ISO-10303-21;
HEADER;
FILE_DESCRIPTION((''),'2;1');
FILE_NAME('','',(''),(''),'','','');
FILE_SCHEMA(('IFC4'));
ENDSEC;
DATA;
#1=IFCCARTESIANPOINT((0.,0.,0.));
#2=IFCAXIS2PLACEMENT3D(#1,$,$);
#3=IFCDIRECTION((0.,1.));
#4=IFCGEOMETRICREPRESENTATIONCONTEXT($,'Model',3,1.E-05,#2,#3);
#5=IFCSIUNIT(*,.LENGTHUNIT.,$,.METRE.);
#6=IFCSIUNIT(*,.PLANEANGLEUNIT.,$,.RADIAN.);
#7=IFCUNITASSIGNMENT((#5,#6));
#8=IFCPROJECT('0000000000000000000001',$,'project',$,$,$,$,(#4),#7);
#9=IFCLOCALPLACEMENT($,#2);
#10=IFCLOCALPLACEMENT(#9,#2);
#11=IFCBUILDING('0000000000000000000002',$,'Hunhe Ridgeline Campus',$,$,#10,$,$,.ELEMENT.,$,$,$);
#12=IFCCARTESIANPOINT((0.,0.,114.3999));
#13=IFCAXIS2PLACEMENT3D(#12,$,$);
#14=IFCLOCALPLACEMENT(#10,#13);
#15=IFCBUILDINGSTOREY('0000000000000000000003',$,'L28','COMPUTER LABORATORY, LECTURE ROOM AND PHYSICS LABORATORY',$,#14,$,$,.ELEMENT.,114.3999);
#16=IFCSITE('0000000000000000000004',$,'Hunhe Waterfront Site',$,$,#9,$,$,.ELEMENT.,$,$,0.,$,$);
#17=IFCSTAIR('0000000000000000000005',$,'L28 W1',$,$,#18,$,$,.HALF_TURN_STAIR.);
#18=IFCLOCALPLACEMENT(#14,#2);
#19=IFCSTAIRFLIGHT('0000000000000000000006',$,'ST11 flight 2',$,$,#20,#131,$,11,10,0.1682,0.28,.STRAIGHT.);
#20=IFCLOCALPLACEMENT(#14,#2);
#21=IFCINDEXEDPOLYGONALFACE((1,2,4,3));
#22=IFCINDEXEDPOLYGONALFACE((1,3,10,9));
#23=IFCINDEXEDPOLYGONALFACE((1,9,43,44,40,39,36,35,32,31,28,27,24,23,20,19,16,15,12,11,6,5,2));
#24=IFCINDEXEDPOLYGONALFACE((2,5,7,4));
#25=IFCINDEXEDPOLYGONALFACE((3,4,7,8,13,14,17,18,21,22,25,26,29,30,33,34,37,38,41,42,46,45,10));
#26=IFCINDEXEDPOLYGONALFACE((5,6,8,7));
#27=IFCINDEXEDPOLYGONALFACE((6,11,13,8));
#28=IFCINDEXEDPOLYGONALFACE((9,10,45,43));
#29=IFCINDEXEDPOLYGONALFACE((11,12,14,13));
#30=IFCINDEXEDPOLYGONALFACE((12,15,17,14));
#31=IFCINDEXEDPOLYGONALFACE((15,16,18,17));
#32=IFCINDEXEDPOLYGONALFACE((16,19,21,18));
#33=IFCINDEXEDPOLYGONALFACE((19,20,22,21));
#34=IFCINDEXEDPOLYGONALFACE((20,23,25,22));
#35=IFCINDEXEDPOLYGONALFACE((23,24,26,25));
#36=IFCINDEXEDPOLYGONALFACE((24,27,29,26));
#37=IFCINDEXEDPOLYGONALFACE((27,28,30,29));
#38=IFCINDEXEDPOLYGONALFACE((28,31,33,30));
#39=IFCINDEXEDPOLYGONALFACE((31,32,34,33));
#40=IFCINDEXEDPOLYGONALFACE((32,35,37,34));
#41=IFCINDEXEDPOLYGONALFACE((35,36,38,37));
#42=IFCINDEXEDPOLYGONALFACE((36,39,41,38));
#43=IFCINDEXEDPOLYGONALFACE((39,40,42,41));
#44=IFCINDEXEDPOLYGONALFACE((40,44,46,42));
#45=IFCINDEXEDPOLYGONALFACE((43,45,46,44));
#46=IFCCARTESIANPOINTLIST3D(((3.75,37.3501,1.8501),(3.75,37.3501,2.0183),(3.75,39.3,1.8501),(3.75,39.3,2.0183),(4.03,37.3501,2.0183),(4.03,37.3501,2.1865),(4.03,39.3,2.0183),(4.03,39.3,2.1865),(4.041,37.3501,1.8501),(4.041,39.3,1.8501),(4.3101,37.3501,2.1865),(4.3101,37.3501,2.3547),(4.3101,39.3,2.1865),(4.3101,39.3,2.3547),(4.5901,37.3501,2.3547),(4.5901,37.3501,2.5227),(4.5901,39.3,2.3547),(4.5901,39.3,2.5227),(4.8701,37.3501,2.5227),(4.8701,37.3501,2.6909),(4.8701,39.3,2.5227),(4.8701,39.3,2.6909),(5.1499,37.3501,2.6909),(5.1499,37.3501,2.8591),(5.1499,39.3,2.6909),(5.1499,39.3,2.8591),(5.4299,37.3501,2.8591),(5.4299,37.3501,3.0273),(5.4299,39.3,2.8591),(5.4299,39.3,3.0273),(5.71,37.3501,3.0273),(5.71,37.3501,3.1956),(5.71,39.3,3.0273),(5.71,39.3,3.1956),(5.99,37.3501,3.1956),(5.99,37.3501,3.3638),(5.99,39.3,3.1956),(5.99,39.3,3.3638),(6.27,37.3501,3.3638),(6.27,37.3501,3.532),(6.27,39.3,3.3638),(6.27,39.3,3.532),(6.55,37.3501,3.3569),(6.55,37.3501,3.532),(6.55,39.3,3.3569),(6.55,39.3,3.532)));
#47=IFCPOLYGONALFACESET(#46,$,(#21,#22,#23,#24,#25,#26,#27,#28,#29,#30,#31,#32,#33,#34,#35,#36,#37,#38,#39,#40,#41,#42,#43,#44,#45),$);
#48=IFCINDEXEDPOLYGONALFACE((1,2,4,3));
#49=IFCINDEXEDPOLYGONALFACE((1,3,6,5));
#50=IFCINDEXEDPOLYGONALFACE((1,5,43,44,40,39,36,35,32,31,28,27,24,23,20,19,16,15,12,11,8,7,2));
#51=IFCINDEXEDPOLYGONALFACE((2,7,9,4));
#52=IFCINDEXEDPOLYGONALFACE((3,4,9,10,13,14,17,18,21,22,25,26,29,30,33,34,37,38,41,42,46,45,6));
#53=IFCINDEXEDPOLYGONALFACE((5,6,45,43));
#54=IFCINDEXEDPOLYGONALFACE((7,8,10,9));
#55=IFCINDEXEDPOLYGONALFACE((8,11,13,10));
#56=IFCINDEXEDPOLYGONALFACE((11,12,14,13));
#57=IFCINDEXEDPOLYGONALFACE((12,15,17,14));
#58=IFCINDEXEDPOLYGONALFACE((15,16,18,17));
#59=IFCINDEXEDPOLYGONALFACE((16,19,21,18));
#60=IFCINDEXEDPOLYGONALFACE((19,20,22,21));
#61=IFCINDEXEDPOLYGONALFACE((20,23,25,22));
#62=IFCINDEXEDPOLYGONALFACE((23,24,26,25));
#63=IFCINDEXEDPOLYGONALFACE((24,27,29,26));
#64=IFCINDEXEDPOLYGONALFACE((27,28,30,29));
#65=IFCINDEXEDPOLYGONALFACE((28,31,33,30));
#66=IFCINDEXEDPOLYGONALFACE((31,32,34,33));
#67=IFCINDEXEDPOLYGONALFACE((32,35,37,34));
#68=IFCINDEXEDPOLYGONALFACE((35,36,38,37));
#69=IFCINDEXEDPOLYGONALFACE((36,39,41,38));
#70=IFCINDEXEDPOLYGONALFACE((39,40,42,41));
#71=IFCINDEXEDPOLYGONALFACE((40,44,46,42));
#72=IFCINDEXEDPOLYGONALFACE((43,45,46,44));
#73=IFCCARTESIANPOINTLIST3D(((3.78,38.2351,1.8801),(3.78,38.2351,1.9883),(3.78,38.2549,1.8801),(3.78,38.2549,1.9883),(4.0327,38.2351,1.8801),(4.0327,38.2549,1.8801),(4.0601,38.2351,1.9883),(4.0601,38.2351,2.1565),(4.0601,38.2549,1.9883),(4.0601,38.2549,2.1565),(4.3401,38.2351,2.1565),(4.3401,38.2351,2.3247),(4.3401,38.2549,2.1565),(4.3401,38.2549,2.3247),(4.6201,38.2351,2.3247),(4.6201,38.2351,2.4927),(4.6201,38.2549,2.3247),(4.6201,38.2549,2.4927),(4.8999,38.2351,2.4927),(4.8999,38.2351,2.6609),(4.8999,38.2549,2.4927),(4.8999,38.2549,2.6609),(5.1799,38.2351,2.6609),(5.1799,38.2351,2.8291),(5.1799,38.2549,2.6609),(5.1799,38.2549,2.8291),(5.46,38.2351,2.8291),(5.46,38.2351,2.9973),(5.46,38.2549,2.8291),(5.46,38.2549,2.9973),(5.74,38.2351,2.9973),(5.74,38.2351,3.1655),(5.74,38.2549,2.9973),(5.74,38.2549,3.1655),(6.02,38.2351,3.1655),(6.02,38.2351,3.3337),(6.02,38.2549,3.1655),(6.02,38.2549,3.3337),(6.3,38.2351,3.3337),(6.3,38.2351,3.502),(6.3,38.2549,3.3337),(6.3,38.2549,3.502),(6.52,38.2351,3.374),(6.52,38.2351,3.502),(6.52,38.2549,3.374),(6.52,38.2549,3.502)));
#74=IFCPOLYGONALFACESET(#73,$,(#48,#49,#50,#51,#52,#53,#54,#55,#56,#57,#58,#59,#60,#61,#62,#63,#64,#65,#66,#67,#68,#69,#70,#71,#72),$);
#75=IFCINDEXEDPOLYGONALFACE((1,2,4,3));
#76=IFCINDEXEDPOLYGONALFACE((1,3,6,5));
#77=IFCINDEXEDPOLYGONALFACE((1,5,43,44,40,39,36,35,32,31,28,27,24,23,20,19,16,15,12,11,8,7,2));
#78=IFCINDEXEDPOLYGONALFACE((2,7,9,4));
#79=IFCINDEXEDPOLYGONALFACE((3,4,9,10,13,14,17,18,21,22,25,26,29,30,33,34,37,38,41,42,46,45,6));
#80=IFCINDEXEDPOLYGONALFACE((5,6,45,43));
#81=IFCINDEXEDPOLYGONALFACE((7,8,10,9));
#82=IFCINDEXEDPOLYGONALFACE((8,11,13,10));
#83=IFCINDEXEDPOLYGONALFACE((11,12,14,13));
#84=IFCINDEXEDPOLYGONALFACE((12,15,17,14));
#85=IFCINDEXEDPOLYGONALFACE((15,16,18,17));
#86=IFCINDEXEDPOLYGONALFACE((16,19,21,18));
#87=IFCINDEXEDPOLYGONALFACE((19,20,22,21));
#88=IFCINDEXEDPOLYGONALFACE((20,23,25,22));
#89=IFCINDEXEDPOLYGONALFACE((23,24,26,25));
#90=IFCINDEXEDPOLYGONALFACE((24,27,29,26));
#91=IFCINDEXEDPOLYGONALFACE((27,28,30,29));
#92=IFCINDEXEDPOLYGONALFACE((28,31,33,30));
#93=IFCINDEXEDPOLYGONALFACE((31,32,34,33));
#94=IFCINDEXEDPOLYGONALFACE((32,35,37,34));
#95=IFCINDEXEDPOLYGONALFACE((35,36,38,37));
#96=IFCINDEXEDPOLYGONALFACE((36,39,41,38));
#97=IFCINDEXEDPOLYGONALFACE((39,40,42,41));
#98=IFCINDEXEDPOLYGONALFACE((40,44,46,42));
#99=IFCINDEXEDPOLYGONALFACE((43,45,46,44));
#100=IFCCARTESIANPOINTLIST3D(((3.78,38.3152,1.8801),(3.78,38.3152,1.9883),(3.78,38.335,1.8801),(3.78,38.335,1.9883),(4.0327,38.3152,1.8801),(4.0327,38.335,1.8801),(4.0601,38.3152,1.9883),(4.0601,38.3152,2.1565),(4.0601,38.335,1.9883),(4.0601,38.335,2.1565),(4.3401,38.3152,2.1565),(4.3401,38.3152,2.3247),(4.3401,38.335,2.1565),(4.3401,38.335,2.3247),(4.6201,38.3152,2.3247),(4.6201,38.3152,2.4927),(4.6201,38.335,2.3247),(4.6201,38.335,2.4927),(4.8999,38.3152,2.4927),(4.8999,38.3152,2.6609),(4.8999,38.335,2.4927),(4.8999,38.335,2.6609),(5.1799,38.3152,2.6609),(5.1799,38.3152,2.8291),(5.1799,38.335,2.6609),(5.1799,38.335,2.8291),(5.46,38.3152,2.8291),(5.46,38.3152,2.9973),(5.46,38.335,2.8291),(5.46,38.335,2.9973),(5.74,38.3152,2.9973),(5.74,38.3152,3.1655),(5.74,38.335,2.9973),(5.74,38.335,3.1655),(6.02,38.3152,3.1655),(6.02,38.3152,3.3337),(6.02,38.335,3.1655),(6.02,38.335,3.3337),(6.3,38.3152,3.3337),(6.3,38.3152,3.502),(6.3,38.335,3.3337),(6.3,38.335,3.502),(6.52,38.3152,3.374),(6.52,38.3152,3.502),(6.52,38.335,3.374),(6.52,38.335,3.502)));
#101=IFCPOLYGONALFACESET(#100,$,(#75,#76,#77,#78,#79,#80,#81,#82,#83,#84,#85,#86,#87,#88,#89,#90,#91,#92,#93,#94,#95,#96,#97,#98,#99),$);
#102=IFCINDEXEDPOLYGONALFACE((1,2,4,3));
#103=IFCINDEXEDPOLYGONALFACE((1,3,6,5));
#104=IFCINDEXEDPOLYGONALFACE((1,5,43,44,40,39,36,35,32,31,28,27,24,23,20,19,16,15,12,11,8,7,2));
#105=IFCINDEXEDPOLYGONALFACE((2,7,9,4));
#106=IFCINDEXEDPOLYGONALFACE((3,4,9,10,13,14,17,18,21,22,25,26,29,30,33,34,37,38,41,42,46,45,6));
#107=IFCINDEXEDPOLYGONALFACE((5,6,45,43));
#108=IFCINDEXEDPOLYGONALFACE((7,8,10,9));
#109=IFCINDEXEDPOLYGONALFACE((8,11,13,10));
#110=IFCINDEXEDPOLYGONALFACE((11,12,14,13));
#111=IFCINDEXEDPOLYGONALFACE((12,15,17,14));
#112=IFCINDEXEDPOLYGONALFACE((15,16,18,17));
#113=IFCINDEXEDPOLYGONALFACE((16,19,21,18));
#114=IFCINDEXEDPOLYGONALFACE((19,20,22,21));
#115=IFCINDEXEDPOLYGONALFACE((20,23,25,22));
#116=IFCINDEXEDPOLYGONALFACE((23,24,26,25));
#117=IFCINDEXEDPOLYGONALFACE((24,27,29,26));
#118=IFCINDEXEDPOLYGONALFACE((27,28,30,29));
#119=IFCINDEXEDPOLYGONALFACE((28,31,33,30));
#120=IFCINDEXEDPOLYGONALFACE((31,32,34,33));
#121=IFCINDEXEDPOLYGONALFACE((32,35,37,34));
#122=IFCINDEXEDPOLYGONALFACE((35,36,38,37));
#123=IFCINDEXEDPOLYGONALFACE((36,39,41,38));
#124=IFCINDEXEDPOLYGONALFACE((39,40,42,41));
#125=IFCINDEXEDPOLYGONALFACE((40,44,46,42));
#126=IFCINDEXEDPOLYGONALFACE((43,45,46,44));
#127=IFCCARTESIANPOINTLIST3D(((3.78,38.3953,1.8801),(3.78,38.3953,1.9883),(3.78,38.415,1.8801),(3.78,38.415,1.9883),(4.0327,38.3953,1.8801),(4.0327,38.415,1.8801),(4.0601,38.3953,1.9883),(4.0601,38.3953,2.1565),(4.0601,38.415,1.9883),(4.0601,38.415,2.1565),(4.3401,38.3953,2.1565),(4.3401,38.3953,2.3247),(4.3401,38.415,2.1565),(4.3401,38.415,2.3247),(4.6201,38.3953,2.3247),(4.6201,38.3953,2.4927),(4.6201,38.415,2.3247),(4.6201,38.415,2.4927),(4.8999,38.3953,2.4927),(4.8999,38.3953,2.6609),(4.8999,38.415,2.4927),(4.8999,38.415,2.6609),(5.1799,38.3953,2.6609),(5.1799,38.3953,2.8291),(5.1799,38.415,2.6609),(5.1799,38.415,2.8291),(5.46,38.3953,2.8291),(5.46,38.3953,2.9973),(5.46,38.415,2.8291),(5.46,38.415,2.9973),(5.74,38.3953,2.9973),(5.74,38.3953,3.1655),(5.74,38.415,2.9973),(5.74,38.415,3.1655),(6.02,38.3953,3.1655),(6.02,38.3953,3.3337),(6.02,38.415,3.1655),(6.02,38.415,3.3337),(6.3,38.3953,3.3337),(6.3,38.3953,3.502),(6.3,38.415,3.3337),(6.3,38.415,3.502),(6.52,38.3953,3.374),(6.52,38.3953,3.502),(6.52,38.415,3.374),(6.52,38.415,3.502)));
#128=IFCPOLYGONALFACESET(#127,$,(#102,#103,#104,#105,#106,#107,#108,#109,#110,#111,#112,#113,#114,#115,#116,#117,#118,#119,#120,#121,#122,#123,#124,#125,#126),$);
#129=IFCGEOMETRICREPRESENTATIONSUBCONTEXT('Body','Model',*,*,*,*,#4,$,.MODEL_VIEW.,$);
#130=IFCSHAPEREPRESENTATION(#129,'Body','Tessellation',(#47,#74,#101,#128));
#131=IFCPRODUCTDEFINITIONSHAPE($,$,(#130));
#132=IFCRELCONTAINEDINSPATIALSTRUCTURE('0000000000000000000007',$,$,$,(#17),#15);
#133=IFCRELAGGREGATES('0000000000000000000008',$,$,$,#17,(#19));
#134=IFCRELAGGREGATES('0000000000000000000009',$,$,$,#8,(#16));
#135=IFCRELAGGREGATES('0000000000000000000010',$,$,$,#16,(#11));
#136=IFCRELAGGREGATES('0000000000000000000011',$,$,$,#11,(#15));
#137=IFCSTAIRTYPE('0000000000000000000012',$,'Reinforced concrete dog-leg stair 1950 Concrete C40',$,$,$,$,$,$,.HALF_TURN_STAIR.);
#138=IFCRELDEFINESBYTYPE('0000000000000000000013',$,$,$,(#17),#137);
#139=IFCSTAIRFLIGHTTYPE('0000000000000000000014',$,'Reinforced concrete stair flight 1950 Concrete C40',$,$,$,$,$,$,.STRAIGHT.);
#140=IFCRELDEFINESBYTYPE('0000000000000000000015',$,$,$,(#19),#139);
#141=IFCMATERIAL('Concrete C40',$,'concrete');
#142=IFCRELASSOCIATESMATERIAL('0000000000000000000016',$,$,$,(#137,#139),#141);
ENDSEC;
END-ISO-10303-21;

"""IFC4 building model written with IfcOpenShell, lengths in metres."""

from ifc_helpers import new_model, si_unit, direction, frame, origin, place, context, subcontext, project, spatial, polyline, outline, extrude, material, type_object, element, aggregate, save


model = new_model("IFC4")

# Units and contexts
model_context = context("Model", 3, precision=1e-05, world=origin(), true_north=direction((0.0, 1.0)))
body_context = subcontext(model_context, "Body", "Model", "MODEL_VIEW")
ifc_project = project(units=[si_unit("LENGTHUNIT", "METRE"), si_unit("PLANEANGLEUNIT", "RADIAN")], contexts=[model_context])

# Site, building, storey
site_placement = place(None, origin())
site = spatial("IfcSite", under=ifc_project, at=site_placement, Name="Hunhe Waterfront Site", CompositionType="ELEMENT", RefElevation=0.0)
building_placement = place(site_placement, origin())
building = spatial("IfcBuilding", under=site, at=building_placement, Name="Hunhe Ridgeline Campus", CompositionType="ELEMENT")
storey_placement = place(building_placement, frame((0.0, 0.0, 114.3999)))
storey = spatial("IfcBuildingStorey", under=building, at=storey_placement, Name="L28", Description="COMPUTER LABORATORY, LECTURE ROOM AND PHYSICS LABORATORY", CompositionType="ELEMENT", Elevation=114.3999)

# Shared definitions
ifc_material_1 = material(Name="Concrete C40", Category="concrete")
stair_type = type_object("IfcStairType", Name="Reinforced concrete dog-leg stair 1950 Concrete C40", PredefinedType="HALF_TURN_STAIR", material=ifc_material_1)
stair_flight_type = type_object("IfcStairFlightType", Name="Reinforced concrete stair flight 1950 Concrete C40", PredefinedType="STRAIGHT", material=ifc_material_1)

# Stair, stair flight
stair_1_placement = place(storey_placement, origin())
stair_1 = element("IfcStair", 1, at=stair_1_placement, inside=storey, type_object=stair_type, Name="L28 W1", PredefinedType="HALF_TURN_STAIR")
stair_flight_1_placement = place(storey_placement, frame((3.75, 38.325, 1.8501), z_axis=(0.0, 0.0, 1.0), x_axis=(1.0, 0.0, 0.0)))
stair_flight_1 = element("IfcStairFlight", 2, at=stair_flight_1_placement, type_object=stair_flight_type, Name="ST11 flight 2", NumberOfRisers=11, NumberOfTreads=10, PredefinedType="STRAIGHT", RiserHeight=0.1682, TreadLength=0.28, context=body_context, shape_type="SweptSolid", body=[
    extrude(outline(polyline([(0.0, 0.0), (0.0, 0.1682), (0.28, 0.1682), (0.28, 0.3364), (0.5601, 0.3364), (0.5601, 0.5046), (0.8401, 0.5046), (0.8401, 0.6726), (1.1201, 0.6726), (1.1201, 0.8408), (1.3999, 0.8408), (1.3999, 1.009), (1.6799, 1.009), (1.6799, 1.1772), (1.96, 1.1772), (1.96, 1.3455), (2.24, 1.3455), (2.24, 1.5137), (2.52, 1.5137), (2.52, 1.6819), (2.8, 1.6819), (2.8, 1.8501), (2.8, 1.5068), (0.291, 0.0), (0.0, 0.0)])), frame((0.0, 0.9751, 0.0), z_axis=(0.0, -1.0, 0.0), x_axis=(1.0, 0.0, 0.0)), (0.0, 0.0, 1.0), 1.95),
    extrude(outline(polyline([(0.03, 0.03), (0.03, 0.1382), (0.3101, 0.1382), (0.3101, 0.3064), (0.5901, 0.3064), (0.5901, 0.4746), (0.8701, 0.4746), (0.8701, 0.6426), (1.1499, 0.6426), (1.1499, 0.8108), (1.4299, 0.8108), (1.4299, 0.979), (1.71, 0.979), (1.71, 1.1472), (1.99, 1.1472), (1.99, 1.3154), (2.27, 1.3154), (2.27, 1.4836), (2.55, 1.4836), (2.55, 1.6519), (2.77, 1.6519), (2.77, 1.5239), (0.2827, 0.03), (0.03, 0.03)])), frame((0.0, -0.0701, 0.0), z_axis=(0.0, -1.0, 0.0), x_axis=(1.0, 0.0, 0.0)), (0.0, 0.0, 1.0), 0.0198),
    extrude(outline(polyline([(0.03, 0.03), (0.03, 0.1382), (0.3101, 0.1382), (0.3101, 0.3064), (0.5901, 0.3064), (0.5901, 0.4746), (0.8701, 0.4746), (0.8701, 0.6426), (1.1499, 0.6426), (1.1499, 0.8108), (1.4299, 0.8108), (1.4299, 0.979), (1.71, 0.979), (1.71, 1.1472), (1.99, 1.1472), (1.99, 1.3154), (2.27, 1.3154), (2.27, 1.4836), (2.55, 1.4836), (2.55, 1.6519), (2.77, 1.6519), (2.77, 1.5239), (0.2827, 0.03), (0.03, 0.03)])), frame((0.0, 0.01, 0.0), z_axis=(0.0, -1.0, 0.0), x_axis=(1.0, 0.0, 0.0)), (0.0, 0.0, 1.0), 0.0198),
    extrude(outline(polyline([(0.03, 0.03), (0.03, 0.1382), (0.3101, 0.1382), (0.3101, 0.3064), (0.5901, 0.3064), (0.5901, 0.4746), (0.8701, 0.4746), (0.8701, 0.6426), (1.1499, 0.6426), (1.1499, 0.8108), (1.4299, 0.8108), (1.4299, 0.979), (1.71, 0.979), (1.71, 1.1472), (1.99, 1.1472), (1.99, 1.3154), (2.27, 1.3154), (2.27, 1.4836), (2.55, 1.4836), (2.55, 1.6519), (2.77, 1.6519), (2.77, 1.5239), (0.2827, 0.03), (0.03, 0.03)])), frame((0.0, 0.0901, 0.0), z_axis=(0.0, -1.0, 0.0), x_axis=(1.0, 0.0, 0.0)), (0.0, 0.0, 1.0), 0.0198),
])
aggregate(stair_1, [stair_flight_1])

save(model, "model.ifc")
